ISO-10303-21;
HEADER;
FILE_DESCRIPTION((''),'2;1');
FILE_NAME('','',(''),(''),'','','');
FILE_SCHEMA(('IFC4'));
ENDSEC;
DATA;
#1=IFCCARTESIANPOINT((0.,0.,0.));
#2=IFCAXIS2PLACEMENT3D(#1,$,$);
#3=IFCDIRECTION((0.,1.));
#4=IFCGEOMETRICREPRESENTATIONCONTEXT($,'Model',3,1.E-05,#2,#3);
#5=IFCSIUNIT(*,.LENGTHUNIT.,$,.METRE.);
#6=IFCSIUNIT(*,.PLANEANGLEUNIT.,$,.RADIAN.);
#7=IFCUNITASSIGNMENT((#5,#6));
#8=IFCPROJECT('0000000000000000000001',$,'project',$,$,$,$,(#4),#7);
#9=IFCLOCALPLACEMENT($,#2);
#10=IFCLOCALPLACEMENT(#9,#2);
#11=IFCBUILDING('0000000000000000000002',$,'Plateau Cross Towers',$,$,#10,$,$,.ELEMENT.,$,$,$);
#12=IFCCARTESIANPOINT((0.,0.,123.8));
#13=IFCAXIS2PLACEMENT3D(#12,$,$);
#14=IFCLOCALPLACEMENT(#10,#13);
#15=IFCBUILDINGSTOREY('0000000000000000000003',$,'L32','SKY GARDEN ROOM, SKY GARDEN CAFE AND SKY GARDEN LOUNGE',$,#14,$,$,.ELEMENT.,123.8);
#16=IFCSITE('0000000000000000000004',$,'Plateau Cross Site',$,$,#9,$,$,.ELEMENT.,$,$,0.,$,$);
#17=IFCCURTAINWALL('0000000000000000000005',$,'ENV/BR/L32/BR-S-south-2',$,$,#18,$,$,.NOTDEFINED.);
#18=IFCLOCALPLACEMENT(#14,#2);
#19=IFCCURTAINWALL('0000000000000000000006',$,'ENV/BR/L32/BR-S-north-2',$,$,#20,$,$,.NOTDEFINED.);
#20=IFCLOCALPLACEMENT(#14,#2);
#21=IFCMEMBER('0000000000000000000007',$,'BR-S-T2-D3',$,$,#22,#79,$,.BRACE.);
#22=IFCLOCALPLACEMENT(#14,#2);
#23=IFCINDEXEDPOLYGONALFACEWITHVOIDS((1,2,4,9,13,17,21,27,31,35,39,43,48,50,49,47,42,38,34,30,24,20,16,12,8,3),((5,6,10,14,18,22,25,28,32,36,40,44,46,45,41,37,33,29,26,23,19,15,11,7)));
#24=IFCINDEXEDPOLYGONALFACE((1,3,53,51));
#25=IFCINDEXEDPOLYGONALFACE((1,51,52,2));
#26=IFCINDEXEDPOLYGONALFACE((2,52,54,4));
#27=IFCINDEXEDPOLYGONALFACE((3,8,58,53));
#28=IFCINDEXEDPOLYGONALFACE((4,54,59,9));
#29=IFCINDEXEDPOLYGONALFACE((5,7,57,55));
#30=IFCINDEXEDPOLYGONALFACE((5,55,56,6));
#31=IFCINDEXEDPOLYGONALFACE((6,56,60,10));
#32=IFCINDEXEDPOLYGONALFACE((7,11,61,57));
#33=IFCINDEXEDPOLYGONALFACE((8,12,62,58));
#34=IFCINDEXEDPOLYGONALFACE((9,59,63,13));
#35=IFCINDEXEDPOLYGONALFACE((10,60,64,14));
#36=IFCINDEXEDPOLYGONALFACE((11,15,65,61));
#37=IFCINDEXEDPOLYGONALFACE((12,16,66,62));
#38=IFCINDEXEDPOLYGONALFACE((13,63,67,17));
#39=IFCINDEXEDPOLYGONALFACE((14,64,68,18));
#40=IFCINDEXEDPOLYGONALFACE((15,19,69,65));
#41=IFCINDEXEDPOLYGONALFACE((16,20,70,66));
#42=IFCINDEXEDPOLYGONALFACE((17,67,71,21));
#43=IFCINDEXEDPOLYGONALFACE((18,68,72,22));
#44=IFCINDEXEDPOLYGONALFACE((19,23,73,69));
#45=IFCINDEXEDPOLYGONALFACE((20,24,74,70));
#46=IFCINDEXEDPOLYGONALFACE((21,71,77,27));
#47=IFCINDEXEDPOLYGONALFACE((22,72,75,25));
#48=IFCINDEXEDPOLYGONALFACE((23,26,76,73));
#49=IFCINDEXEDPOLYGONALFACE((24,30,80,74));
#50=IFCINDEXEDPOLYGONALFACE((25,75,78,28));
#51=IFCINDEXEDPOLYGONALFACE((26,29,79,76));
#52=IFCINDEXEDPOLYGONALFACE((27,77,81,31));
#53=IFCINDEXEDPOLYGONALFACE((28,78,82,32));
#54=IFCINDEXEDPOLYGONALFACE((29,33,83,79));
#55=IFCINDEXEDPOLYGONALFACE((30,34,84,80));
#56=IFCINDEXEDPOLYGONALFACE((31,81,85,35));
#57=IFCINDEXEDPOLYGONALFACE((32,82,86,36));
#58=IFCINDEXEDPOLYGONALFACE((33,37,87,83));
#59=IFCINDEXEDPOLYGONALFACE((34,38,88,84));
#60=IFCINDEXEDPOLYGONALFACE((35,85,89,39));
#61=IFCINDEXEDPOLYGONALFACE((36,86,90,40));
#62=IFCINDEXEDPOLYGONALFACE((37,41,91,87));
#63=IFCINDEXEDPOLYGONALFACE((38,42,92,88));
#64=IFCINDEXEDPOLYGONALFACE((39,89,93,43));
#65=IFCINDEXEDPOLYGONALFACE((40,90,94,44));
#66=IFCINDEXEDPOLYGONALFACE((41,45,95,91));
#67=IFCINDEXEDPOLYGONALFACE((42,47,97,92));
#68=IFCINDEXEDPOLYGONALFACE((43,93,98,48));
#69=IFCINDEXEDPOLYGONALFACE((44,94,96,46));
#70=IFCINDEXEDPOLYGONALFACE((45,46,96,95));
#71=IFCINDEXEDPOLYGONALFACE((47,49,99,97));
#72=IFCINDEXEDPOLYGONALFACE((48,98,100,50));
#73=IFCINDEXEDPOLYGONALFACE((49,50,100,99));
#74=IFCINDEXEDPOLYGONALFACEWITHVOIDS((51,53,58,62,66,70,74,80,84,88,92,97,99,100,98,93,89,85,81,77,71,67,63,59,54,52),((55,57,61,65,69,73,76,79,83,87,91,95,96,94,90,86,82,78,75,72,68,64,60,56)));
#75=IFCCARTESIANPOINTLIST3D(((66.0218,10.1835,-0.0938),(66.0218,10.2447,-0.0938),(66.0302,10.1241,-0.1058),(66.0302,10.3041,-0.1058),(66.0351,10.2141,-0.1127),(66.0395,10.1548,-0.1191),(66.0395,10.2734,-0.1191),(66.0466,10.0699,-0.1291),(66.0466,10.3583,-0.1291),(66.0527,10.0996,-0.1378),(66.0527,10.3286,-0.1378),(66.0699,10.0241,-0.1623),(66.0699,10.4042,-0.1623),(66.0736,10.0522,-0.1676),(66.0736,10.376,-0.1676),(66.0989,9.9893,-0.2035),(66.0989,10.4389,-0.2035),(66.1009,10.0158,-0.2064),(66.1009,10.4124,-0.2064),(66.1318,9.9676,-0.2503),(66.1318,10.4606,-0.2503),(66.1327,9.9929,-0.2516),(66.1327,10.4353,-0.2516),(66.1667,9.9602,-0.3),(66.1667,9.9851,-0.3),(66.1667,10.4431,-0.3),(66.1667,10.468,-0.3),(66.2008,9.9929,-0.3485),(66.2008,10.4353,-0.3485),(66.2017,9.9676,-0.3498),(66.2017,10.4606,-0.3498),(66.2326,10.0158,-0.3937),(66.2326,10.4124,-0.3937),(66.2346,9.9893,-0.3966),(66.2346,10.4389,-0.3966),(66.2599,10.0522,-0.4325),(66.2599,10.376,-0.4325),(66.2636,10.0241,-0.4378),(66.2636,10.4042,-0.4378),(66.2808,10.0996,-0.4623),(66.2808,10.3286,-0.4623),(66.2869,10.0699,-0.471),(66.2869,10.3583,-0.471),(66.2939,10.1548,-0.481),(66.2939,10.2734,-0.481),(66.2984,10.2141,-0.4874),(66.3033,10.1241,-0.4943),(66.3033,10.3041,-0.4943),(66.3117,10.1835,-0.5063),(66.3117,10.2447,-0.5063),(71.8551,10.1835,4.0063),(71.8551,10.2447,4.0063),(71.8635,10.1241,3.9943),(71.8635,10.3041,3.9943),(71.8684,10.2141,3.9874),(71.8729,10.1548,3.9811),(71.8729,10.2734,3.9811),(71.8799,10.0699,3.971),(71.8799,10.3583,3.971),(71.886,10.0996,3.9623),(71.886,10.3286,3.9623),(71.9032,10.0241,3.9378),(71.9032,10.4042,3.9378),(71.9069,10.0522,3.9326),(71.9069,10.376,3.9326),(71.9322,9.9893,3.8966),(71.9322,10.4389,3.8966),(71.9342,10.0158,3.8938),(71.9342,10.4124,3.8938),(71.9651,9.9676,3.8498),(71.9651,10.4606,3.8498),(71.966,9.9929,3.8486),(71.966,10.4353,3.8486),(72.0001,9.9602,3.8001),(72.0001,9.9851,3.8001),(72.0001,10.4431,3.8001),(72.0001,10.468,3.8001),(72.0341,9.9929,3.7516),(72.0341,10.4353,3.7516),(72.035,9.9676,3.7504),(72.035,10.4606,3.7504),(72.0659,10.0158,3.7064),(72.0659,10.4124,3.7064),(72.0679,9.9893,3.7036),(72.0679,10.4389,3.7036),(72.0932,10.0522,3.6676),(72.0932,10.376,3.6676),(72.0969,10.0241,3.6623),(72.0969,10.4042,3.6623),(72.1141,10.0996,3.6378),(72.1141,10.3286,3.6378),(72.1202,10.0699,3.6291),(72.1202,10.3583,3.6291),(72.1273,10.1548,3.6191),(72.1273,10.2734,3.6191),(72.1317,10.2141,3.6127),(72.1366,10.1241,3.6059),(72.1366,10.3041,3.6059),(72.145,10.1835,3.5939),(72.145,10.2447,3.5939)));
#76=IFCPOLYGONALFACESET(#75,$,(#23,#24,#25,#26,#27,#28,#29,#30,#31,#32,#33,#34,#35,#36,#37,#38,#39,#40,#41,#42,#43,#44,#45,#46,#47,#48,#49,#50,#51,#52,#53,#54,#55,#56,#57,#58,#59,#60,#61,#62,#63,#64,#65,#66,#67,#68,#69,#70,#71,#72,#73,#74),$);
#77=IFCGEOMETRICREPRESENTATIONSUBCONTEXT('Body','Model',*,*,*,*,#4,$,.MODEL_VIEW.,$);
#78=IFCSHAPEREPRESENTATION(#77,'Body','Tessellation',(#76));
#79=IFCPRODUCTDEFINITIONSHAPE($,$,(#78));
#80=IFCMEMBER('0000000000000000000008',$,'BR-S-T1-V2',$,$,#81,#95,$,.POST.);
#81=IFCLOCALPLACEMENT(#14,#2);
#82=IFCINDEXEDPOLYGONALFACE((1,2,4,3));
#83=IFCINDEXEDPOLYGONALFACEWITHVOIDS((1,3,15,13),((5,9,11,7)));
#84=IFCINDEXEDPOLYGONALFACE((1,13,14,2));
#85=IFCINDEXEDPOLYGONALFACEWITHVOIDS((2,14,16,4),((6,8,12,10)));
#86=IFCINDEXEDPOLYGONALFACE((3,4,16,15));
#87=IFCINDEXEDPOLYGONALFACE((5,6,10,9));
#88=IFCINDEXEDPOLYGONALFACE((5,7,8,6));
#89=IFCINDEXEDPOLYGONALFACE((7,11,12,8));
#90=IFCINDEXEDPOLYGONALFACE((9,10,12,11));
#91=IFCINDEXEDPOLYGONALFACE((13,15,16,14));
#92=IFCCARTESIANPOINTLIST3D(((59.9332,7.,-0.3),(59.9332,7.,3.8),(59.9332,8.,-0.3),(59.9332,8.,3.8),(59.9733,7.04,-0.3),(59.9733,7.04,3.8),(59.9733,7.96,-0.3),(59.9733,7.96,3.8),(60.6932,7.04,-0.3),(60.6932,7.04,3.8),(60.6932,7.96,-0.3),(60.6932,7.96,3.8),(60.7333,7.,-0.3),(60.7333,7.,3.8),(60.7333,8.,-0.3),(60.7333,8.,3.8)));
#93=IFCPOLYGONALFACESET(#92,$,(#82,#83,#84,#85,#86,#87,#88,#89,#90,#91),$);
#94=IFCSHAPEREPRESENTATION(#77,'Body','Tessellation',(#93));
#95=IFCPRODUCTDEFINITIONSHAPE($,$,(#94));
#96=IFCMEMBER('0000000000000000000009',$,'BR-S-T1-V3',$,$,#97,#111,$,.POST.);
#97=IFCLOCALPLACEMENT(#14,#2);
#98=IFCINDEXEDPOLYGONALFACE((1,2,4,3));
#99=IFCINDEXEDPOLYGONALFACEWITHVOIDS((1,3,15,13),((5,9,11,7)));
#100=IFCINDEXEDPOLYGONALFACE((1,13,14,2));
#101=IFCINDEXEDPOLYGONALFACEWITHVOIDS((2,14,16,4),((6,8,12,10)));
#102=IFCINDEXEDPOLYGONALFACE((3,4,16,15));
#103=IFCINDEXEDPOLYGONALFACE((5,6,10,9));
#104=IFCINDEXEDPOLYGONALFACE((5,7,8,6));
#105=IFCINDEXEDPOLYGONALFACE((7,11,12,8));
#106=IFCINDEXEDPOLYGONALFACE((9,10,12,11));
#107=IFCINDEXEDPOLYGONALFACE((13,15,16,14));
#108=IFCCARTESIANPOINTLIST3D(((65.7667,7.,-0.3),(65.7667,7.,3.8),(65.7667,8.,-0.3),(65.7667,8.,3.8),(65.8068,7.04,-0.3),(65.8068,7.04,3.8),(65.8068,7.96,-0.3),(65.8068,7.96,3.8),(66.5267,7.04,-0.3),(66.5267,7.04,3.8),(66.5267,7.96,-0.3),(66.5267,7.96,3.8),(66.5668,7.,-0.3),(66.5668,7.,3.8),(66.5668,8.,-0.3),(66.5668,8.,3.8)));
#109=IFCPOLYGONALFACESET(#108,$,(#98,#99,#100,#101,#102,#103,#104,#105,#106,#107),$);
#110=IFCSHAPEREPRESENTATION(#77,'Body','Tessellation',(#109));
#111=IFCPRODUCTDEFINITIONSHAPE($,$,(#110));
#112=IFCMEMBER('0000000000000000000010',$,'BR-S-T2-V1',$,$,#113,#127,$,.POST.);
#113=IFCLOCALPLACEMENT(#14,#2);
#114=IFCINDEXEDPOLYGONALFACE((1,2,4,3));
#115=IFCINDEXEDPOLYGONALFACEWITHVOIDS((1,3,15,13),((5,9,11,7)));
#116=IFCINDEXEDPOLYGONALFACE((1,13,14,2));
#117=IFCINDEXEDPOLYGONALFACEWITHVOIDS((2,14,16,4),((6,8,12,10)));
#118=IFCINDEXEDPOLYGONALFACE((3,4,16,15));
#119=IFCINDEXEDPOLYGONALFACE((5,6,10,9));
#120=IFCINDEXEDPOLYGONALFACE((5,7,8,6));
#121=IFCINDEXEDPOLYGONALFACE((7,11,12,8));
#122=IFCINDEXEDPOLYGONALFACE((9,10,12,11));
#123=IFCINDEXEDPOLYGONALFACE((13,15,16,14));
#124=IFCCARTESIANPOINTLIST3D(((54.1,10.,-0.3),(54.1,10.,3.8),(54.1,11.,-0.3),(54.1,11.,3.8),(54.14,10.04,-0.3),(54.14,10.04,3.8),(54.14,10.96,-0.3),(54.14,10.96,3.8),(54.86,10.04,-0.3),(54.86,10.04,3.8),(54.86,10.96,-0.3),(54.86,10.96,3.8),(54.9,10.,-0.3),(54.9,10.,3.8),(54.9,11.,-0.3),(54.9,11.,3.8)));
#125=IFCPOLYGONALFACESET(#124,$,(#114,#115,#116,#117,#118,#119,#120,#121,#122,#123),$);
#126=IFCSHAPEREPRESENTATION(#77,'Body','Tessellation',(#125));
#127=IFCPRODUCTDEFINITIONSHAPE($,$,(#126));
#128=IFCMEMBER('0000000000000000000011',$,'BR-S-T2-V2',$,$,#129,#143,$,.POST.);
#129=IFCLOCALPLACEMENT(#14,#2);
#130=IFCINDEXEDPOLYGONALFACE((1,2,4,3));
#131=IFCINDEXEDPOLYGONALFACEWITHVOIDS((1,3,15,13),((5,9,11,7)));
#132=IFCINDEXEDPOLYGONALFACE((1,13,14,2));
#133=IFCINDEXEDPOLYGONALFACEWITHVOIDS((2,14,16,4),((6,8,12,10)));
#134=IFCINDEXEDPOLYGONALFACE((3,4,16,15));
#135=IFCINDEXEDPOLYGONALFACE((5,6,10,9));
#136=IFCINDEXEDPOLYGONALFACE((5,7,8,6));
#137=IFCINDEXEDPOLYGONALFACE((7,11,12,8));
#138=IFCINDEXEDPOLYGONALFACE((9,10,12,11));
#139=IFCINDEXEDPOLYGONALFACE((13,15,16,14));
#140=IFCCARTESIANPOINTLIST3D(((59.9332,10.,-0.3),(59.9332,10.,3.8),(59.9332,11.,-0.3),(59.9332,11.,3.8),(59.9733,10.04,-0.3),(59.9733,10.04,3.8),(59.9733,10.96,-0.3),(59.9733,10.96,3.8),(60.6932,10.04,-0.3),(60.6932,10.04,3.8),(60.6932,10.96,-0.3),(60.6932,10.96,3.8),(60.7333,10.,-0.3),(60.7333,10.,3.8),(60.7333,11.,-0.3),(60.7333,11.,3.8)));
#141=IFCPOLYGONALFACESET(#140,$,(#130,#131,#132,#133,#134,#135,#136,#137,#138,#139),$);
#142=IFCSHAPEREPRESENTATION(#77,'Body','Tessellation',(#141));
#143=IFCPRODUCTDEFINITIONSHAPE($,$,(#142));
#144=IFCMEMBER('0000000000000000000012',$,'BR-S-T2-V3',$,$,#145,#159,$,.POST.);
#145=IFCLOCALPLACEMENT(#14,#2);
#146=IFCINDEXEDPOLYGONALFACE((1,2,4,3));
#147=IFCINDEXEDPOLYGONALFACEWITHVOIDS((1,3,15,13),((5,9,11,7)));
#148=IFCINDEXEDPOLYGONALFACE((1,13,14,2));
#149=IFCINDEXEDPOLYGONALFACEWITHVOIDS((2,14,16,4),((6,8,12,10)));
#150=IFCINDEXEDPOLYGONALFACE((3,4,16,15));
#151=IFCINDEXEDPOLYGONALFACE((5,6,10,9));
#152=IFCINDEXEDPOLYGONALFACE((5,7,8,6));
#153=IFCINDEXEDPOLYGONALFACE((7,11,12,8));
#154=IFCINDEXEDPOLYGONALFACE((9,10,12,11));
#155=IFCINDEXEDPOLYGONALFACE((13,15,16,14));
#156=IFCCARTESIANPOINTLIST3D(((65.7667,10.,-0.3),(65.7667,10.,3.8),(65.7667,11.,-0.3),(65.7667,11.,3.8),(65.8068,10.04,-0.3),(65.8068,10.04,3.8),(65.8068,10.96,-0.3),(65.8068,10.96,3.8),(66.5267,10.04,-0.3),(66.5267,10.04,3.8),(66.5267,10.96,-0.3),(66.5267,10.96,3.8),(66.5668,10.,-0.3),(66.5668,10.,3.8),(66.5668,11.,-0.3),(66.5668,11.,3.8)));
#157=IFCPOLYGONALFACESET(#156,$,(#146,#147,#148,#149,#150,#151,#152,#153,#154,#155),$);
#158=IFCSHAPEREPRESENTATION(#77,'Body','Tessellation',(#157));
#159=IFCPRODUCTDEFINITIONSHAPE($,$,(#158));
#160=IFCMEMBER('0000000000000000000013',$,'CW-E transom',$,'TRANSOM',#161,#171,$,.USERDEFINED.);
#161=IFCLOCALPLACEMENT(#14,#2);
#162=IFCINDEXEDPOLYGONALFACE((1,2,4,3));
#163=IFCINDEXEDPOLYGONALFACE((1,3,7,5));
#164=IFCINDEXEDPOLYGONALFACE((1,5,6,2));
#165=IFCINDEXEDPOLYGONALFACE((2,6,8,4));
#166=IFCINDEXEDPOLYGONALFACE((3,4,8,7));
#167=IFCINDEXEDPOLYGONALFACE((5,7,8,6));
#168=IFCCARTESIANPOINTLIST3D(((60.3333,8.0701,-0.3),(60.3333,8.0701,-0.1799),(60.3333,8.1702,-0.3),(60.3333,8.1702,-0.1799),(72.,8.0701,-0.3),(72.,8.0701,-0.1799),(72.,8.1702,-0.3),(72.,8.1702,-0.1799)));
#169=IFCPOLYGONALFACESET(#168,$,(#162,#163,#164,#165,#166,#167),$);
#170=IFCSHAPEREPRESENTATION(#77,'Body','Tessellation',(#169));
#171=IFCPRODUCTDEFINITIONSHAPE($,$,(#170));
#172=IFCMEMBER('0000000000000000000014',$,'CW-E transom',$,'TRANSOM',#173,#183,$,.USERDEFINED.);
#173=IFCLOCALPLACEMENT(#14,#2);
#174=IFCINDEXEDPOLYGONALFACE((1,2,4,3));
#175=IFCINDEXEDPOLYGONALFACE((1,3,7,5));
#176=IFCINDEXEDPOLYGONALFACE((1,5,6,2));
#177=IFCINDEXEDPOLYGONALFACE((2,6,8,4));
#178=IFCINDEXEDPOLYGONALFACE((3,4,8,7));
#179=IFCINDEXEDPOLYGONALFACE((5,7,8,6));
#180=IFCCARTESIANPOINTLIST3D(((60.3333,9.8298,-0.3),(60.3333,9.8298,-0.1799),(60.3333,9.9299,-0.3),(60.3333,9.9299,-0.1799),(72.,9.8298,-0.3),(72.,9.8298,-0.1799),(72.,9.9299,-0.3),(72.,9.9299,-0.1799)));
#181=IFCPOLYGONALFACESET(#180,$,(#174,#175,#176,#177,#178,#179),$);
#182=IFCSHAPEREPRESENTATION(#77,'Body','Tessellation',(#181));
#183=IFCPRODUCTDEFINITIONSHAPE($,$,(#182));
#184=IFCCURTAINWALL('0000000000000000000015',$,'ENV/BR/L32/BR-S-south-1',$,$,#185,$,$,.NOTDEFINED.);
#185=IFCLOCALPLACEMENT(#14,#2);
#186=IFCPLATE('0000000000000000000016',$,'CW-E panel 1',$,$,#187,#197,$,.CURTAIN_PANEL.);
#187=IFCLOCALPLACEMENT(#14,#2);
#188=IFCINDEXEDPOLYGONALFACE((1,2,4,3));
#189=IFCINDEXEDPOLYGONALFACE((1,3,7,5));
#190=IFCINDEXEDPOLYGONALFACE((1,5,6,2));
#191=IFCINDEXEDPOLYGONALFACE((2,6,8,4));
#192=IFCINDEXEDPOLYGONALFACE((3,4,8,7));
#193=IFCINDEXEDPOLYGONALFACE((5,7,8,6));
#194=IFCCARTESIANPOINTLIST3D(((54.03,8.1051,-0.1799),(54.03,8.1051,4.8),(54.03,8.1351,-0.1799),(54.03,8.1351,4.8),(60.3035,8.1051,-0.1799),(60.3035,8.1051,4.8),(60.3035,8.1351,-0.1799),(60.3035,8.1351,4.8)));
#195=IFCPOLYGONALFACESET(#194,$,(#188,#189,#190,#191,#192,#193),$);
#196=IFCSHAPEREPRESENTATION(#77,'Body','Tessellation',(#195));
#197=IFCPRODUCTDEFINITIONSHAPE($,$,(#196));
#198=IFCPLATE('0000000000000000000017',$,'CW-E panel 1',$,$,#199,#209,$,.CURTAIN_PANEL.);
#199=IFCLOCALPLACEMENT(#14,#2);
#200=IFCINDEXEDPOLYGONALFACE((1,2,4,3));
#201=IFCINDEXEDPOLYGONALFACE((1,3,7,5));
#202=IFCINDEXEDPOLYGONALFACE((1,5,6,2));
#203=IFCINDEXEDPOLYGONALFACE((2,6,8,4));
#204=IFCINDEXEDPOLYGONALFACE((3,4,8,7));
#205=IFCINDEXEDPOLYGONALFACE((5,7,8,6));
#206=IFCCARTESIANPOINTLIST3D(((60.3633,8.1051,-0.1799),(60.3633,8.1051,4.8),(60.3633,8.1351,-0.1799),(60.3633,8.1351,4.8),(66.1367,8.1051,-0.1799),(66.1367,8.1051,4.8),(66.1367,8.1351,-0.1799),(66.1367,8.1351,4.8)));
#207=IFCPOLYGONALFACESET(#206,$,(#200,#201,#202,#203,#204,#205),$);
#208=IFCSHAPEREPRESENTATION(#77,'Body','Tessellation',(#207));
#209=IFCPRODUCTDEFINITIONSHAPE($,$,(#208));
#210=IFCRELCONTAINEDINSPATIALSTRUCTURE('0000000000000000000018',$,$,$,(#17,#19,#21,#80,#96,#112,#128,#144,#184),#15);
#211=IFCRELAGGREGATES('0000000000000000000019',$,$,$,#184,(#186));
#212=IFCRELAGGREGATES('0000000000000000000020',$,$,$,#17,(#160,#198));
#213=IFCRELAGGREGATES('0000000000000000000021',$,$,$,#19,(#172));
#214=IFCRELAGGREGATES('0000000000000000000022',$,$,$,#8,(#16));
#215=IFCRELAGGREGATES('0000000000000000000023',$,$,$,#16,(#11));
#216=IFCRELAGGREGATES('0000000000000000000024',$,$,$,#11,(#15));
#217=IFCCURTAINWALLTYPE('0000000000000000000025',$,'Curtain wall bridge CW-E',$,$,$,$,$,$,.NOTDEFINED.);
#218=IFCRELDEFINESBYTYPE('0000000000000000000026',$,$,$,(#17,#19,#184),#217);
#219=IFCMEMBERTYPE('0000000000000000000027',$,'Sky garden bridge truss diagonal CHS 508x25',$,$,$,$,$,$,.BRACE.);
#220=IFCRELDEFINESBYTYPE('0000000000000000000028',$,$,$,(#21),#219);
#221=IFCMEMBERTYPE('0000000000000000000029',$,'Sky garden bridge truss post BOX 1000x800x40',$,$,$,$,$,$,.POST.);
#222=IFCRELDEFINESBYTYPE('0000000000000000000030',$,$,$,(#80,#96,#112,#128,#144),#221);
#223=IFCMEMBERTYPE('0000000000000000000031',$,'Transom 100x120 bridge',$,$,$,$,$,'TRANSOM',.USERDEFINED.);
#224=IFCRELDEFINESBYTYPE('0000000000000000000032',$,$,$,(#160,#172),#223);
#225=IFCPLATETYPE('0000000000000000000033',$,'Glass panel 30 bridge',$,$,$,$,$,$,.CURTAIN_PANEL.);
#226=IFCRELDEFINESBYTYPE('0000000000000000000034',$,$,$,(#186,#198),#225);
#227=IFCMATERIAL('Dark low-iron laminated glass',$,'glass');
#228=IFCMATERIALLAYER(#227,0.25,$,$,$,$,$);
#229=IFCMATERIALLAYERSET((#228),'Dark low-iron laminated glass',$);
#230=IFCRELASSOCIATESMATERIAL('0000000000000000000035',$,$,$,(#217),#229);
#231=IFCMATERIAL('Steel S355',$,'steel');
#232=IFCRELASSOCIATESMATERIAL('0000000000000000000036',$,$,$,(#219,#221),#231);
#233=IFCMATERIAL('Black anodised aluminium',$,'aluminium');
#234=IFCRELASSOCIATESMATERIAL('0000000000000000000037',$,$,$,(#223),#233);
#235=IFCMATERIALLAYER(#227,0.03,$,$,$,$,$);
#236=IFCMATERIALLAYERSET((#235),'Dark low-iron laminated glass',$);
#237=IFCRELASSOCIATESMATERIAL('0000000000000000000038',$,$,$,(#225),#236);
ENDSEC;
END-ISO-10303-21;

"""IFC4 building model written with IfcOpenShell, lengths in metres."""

from ifc_helpers import new_model, si_unit, direction, frame, origin, origin_2d, place, context, subcontext, project, spatial, rectangle, hollow_rectangle, hollow_circle, extrude, material, layer, layer_set, material_profile, profile_set, type_object, element, aggregate, save


model = new_model("IFC4")

# Units and contexts
model_context = context("Model", 3, precision=1e-05, world=origin(), true_north=direction((0.0, 1.0)))
body_context = subcontext(model_context, "Body", "Model", "MODEL_VIEW")
ifc_project = project(units=[si_unit("LENGTHUNIT", "METRE"), si_unit("PLANEANGLEUNIT", "RADIAN")], contexts=[model_context])

# Site, building, storey
site_placement = place(None, origin())
site = spatial("IfcSite", under=ifc_project, at=site_placement, Name="Plateau Cross Site", CompositionType="ELEMENT", RefElevation=0.0)
building_placement = place(site_placement, origin())
building = spatial("IfcBuilding", under=site, at=building_placement, Name="Plateau Cross Towers", CompositionType="ELEMENT")
storey_placement = place(building_placement, frame((0.0, 0.0, 123.8)))
storey = spatial("IfcBuildingStorey", under=building, at=storey_placement, Name="L32", Description="SKY GARDEN ROOM, SKY GARDEN CAFE AND SKY GARDEN LOUNGE", CompositionType="ELEMENT", Elevation=123.8)

# Curtain walls
ifc_material_1 = material(Name="Dark low-iron laminated glass", Category="glass")
ifc_layer_1 = layer(ifc_material_1, 0.25)
ifc_layer_set_1 = layer_set([ifc_layer_1], Name="Dark low-iron laminated glass")
curtain_wall_type = type_object("IfcCurtainWallType", Name="Curtain wall bridge CW-E", PredefinedType="NOTDEFINED", material=ifc_layer_set_1)
curtain_wall_1_placement = place(storey_placement, origin())
curtain_wall_1 = element("IfcCurtainWall", 1, at=curtain_wall_1_placement, inside=storey, type_object=curtain_wall_type, Name="ENV/BR/L32/BR-S-south-2", PredefinedType="NOTDEFINED")
ifc_material_2 = material(Name="Black anodised aluminium", Category="aluminium")
curtain_wall_2_placement = place(storey_placement, origin())
curtain_wall_2 = element("IfcCurtainWall", 2, at=curtain_wall_2_placement, inside=storey, type_object=curtain_wall_type, Name="ENV/BR/L32/BR-S-north-2", PredefinedType="NOTDEFINED")

# Members
ifc_material_3 = material(Name="Steel S355", Category="steel")
ifc_material_profile_1 = material_profile(ifc_material_3, hollow_circle(Radius=0.2539, WallThickness=0.0249, at=origin_2d()), Name="CHS 508x25")
ifc_profile_set_1 = profile_set([ifc_material_profile_1], Name="Steel S355")
member_type_1 = type_object("IfcMemberType", Name="Sky garden bridge truss diagonal CHS 508x25", PredefinedType="BRACE", material=ifc_profile_set_1)
member_1_placement = place(storey_placement, frame((66.1667, 10.2141, -0.3), z_axis=(0.818122, 0.0, 0.575045), x_axis=(0.0, 1.0, 0.0)))
element("IfcMember", 3, at=member_1_placement, inside=storey, type_object=member_type_1, Name="BR-S-T2-D3", PredefinedType="BRACE", context=body_context, shape_type="SweptSolid", body=[
    extrude(hollow_circle(Radius=0.2539, WallThickness=0.0249, at=origin_2d()), origin(), (0.0, 0.0, 1.0), 7.1301),
])
ifc_material_profile_2 = material_profile(ifc_material_3, hollow_rectangle(XDim=0.8, YDim=1.0, WallThickness=0.04, at=origin_2d()), Name="BOX 1000x800x40")
ifc_profile_set_2 = profile_set([ifc_material_profile_2], Name="Steel S355")
member_type_2 = type_object("IfcMemberType", Name="Sky garden bridge truss post BOX 1000x800x40", PredefinedType="POST", material=ifc_profile_set_2)
for number, where, z_axis, x_axis, name in (
    (4, (60.3333, 7.5, -0.3), (0.0, 0.0, 1.0), (1.0, 0.0, 0.0), "BR-S-T1-V2"),
    (5, (66.1667, 7.5, -0.3), (0.0, 0.0, 1.0), (1.0, 0.0, 0.0), "BR-S-T1-V3"),
    (6, (54.5, 10.5, -0.3), (0.0, 0.0, 1.0), (1.0, 0.0, 0.0), "BR-S-T2-V1"),
    (7, (60.3333, 10.5, -0.3), (0.0, 0.0, 1.0), (1.0, 0.0, 0.0), "BR-S-T2-V2"),
    (8, (66.1667, 10.5, -0.3), (0.0, 0.0, 1.0), (1.0, 0.0, 0.0), "BR-S-T2-V3"),
):
    element("IfcMember", number, at=place(storey_placement, frame(where, z_axis=z_axis, x_axis=x_axis)), inside=storey, type_object=member_type_2, Name=name, PredefinedType="POST", context=body_context, shape_type="SweptSolid", body=[
        extrude(hollow_rectangle(XDim=0.8, YDim=1.0, WallThickness=0.04, at=origin_2d()), origin(), (0.0, 0.0, 1.0), 4.1001),
    ])

# Members
ifc_material_profile_3 = material_profile(ifc_material_2, rectangle(XDim=0.1001, YDim=0.1201, at=origin_2d()), Name="TRANSOM 100x120")
ifc_profile_set_3 = profile_set([ifc_material_profile_3], Name="Black anodised aluminium")
member_type_3 = type_object("IfcMemberType", Name="Transom 100x120 bridge", ElementType="TRANSOM", PredefinedType="USERDEFINED", material=ifc_profile_set_3)
member_2_placement = place(storey_placement, frame((60.3333, 8.1201, -0.24), z_axis=(1.0, 0.0, 0.0), x_axis=(0.0, 1.0, 0.0)))
member_2 = element("IfcMember", 9, at=member_2_placement, type_object=member_type_3, Name="CW-E transom", ObjectType="TRANSOM", PredefinedType="USERDEFINED", context=body_context, shape_type="SweptSolid", body=[
    extrude(rectangle(XDim=0.1001, YDim=0.1201, at=origin_2d()), origin(), (0.0, 0.0, 1.0), 11.6667),
])
member_3_placement = place(storey_placement, frame((60.3333, 9.8799, -0.24), z_axis=(1.0, 0.0, 0.0), x_axis=(0.0, 1.0, 0.0)))
member_3 = element("IfcMember", 10, at=member_3_placement, type_object=member_type_3, Name="CW-E transom", ObjectType="TRANSOM", PredefinedType="USERDEFINED", context=body_context, shape_type="SweptSolid", body=[
    extrude(rectangle(XDim=0.1001, YDim=0.1201, at=origin_2d()), origin(), (0.0, 0.0, 1.0), 11.6667),
])

# Curtain wall, plate
curtain_wall_3_placement = place(storey_placement, origin())
curtain_wall_3 = element("IfcCurtainWall", 11, at=curtain_wall_3_placement, inside=storey, type_object=curtain_wall_type, Name="ENV/BR/L32/BR-S-south-1", PredefinedType="NOTDEFINED")
ifc_layer_2 = layer(ifc_material_1, 0.03)
ifc_layer_set_2 = layer_set([ifc_layer_2], Name="Dark low-iron laminated glass")
plate_type = type_object("IfcPlateType", Name="Glass panel 30 bridge", PredefinedType="CURTAIN_PANEL", material=ifc_layer_set_2)
plate_1_placement = place(storey_placement, frame((57.1667, 8.1201, -0.1799), z_axis=(0.0, 0.0, 1.0), x_axis=(1.0, 0.0, 0.0)))
plate_1 = element("IfcPlate", 12, at=plate_1_placement, type_object=plate_type, Name="CW-E panel 1", PredefinedType="CURTAIN_PANEL", context=body_context, shape_type="SweptSolid", body=[
    extrude(rectangle(XDim=6.2734, YDim=0.03, at=origin_2d()), origin(), (0.0, 0.0, 1.0), 4.98),
])
aggregate(curtain_wall_3, [plate_1])

# Plate
plate_2_placement = place(storey_placement, frame((63.25, 8.1201, -0.1799), z_axis=(0.0, 0.0, 1.0), x_axis=(1.0, 0.0, 0.0)))
plate_2 = element("IfcPlate", 13, at=plate_2_placement, type_object=plate_type, Name="CW-E panel 1", PredefinedType="CURTAIN_PANEL", context=body_context, shape_type="SweptSolid", body=[
    extrude(rectangle(XDim=5.7734, YDim=0.03, at=origin_2d()), origin(), (0.0, 0.0, 1.0), 4.98),
])
aggregate(curtain_wall_1, [member_2, plate_2])

aggregate(curtain_wall_2, [member_3])

save(model, "model.ifc")
